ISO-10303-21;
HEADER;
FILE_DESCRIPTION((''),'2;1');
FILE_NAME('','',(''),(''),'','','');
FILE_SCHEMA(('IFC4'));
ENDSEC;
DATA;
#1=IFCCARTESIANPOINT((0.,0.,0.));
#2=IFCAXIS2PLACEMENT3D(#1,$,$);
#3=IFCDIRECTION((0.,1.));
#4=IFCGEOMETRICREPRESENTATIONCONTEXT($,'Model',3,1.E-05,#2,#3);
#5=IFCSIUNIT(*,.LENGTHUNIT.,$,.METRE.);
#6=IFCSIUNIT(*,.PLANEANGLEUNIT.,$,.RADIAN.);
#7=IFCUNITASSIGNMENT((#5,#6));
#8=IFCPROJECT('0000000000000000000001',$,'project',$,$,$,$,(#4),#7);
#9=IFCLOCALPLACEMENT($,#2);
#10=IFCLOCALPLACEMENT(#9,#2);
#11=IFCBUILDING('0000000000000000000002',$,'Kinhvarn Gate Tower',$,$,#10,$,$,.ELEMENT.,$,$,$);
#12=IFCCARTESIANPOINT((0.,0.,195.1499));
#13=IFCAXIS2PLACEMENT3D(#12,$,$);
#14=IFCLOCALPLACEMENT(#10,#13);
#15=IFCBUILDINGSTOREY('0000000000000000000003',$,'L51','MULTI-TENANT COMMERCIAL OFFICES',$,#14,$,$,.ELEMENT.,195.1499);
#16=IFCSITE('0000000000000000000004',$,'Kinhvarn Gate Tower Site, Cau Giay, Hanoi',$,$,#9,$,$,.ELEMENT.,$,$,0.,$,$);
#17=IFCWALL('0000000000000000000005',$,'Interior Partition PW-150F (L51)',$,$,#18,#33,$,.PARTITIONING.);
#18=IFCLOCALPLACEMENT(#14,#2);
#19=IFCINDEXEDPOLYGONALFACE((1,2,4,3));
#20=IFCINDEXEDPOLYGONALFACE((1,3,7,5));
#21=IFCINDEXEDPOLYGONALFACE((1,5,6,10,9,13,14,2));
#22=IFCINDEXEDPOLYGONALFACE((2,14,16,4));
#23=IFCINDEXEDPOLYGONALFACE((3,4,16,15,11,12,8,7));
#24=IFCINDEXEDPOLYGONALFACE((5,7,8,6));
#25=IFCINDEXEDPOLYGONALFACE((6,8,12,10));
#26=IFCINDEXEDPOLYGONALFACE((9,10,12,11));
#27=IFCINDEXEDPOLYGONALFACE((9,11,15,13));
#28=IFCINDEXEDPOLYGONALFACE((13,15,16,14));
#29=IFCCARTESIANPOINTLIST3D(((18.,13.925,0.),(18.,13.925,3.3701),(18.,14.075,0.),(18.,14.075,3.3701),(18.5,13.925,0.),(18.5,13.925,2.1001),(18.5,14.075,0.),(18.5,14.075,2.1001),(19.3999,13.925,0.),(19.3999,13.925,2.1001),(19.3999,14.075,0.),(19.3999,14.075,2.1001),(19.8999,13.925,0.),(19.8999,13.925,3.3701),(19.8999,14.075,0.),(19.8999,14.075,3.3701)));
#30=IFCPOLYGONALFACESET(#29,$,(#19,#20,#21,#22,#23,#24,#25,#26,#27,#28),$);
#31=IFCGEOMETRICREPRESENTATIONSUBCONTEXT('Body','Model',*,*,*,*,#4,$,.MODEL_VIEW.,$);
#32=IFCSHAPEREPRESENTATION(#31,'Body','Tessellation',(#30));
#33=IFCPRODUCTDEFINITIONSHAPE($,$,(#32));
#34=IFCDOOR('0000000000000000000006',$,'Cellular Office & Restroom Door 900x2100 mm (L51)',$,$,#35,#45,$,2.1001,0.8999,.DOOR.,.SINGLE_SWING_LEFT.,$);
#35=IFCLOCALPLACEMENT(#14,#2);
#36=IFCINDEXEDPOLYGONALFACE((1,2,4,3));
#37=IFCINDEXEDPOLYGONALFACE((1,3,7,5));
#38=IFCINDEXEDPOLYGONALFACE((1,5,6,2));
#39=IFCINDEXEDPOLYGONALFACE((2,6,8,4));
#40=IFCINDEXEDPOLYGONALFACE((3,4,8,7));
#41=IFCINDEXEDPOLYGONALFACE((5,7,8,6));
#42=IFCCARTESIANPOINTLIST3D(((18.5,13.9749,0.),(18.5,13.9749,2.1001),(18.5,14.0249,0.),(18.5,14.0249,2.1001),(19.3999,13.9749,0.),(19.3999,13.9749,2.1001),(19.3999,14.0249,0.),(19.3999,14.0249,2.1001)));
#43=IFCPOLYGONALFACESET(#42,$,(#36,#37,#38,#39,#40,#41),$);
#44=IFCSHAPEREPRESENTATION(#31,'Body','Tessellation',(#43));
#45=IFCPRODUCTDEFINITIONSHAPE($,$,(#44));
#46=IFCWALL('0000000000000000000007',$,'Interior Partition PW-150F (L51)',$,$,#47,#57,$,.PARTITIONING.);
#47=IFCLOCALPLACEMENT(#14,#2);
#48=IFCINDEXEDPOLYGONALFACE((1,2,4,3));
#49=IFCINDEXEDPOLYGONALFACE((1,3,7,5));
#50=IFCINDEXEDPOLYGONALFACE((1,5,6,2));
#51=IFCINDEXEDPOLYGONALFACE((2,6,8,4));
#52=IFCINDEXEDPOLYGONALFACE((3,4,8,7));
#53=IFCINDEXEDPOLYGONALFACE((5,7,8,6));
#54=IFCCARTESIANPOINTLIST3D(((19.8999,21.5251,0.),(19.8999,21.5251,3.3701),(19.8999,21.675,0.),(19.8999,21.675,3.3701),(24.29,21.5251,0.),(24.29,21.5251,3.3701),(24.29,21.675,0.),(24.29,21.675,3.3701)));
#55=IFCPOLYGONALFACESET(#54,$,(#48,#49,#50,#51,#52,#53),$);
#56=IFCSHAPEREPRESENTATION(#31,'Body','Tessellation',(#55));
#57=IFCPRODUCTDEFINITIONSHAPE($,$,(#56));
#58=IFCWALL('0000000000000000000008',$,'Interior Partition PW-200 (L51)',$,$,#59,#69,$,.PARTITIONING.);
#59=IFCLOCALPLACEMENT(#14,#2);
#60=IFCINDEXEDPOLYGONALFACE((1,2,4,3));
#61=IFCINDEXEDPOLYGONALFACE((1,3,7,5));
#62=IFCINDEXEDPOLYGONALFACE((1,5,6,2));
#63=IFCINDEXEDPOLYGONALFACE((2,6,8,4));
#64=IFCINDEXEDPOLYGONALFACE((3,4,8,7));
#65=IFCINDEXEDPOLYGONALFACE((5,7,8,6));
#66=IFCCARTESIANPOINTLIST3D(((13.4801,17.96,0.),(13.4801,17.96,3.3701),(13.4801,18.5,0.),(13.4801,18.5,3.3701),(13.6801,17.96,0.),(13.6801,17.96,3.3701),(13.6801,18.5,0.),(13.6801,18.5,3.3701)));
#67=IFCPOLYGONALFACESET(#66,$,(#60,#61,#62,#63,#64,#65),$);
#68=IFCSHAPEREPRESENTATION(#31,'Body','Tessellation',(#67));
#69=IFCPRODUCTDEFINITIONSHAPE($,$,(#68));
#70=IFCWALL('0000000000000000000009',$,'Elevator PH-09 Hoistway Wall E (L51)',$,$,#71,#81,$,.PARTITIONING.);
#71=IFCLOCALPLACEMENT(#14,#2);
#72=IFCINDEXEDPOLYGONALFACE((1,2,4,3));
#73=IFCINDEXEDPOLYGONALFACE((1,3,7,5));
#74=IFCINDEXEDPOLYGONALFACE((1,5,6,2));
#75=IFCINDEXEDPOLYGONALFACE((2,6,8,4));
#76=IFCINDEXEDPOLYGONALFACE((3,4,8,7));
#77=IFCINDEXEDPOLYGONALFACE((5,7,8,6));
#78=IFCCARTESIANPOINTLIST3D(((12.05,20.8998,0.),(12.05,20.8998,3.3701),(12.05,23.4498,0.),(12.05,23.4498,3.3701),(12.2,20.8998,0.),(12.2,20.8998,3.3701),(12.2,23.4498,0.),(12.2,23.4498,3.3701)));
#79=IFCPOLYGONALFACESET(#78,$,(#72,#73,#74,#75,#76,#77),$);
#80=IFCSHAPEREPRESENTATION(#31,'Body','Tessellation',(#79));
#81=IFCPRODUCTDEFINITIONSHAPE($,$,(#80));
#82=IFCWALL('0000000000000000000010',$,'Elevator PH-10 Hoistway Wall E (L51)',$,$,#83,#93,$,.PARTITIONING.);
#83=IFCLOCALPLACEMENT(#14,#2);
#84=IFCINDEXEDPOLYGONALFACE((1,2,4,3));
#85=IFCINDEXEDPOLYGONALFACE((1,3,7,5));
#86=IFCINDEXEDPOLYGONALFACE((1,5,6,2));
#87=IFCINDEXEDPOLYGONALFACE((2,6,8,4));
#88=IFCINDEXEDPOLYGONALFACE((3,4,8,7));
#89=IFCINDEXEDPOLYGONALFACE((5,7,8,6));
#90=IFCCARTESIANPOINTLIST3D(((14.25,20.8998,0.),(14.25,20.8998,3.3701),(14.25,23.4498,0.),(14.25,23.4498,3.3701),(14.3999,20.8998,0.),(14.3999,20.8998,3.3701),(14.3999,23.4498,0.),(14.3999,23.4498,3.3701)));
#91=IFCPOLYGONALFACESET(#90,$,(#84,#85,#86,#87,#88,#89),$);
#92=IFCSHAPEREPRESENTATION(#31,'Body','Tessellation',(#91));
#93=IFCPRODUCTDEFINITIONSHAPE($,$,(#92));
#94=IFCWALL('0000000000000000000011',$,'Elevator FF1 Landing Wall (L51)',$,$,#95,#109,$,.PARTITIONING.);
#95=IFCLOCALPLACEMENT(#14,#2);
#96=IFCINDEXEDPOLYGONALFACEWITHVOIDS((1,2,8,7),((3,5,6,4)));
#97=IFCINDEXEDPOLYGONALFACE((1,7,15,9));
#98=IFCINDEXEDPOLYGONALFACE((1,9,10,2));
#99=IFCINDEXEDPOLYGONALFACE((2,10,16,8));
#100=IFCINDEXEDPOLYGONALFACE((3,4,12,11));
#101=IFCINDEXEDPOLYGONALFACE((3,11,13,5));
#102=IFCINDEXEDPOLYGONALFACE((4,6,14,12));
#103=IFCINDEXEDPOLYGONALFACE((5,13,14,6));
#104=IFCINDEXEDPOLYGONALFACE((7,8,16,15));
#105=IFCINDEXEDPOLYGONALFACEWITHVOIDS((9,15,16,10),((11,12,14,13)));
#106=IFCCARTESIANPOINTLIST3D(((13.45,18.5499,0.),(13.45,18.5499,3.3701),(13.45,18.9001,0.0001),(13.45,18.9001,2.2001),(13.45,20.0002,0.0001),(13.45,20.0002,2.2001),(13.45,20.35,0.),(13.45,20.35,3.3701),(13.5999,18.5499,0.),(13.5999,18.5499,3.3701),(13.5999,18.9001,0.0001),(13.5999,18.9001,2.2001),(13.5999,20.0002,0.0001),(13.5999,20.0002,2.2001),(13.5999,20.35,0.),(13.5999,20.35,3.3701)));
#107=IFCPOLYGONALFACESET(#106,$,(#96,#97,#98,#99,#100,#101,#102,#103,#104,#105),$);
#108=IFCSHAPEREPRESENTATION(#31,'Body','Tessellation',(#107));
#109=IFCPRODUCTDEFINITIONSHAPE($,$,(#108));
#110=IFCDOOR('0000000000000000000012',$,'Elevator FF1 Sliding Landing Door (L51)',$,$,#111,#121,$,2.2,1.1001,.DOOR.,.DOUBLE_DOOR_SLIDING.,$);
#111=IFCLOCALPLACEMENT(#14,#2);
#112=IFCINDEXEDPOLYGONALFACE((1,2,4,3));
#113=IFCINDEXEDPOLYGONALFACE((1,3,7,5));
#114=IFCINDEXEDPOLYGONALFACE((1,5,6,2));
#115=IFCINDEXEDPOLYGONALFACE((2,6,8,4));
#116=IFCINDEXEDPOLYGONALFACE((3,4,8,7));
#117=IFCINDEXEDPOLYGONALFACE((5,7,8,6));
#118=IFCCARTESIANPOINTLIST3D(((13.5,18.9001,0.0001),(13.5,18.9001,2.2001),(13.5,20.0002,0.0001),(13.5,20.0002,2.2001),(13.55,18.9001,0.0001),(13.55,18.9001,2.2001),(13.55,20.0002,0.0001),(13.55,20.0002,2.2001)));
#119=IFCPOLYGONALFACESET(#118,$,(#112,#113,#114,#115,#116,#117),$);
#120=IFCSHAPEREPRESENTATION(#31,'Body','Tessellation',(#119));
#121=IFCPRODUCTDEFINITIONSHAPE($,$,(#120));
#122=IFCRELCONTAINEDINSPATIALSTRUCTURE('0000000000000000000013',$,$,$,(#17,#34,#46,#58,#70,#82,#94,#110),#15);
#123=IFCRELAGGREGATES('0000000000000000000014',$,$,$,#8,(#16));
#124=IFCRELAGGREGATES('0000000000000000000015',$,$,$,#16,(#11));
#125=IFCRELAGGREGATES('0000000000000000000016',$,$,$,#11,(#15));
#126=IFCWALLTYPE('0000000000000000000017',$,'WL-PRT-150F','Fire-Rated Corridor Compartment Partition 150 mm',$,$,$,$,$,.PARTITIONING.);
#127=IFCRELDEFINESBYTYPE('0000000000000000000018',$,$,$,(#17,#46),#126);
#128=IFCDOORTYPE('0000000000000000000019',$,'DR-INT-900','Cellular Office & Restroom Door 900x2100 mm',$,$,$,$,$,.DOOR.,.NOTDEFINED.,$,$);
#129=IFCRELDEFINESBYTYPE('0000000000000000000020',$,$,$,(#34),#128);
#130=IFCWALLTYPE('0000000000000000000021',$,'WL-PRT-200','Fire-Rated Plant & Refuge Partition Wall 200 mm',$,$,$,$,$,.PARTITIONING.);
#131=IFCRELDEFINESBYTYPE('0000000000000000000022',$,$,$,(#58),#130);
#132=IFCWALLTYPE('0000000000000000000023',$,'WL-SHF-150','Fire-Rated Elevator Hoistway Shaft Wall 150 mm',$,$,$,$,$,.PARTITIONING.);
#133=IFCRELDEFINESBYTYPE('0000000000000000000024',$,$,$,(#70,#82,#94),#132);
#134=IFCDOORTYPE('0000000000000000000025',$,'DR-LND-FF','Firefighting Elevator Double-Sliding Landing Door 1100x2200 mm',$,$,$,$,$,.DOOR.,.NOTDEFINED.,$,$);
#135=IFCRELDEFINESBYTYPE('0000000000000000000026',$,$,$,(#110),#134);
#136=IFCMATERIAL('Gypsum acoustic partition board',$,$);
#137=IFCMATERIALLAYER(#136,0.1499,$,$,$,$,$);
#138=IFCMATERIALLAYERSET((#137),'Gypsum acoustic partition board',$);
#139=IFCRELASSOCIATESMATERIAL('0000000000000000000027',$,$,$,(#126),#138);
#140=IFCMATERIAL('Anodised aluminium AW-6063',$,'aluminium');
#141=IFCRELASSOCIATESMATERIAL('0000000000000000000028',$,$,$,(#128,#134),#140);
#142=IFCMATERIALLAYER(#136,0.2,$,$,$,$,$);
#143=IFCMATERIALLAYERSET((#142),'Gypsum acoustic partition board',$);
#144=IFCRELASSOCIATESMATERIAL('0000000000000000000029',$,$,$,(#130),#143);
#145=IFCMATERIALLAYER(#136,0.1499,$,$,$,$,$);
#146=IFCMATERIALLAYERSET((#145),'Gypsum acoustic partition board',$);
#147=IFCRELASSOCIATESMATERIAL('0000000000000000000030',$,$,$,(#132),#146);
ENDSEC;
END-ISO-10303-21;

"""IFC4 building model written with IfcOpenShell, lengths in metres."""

from ifc_helpers import new_model, si_unit, direction, frame, frame_2d, origin, place, context, subcontext, project, spatial, rectangle, extrude, material, layer, layer_set, type_object, element, fill, save


model = new_model("IFC4")

# Units and contexts
model_context = context("Model", 3, precision=1e-05, world=origin(), true_north=direction((0.0, 1.0)))
body_context = subcontext(model_context, "Body", "Model", "MODEL_VIEW")
ifc_project = project(units=[si_unit("LENGTHUNIT", "METRE"), si_unit("PLANEANGLEUNIT", "RADIAN")], contexts=[model_context])

# Site, building, storey
site_placement = place(None, origin())
site = spatial("IfcSite", under=ifc_project, at=site_placement, Name="Kinhvarn Gate Tower Site, Cau Giay, Hanoi", CompositionType="ELEMENT", RefElevation=0.0)
building_placement = place(site_placement, origin())
building = spatial("IfcBuilding", under=site, at=building_placement, Name="Kinhvarn Gate Tower", CompositionType="ELEMENT")
storey_placement = place(building_placement, frame((0.0, 0.0, 195.1499)))
storey = spatial("IfcBuildingStorey", under=building, at=storey_placement, Name="L51", Description="MULTI-TENANT COMMERCIAL OFFICES", CompositionType="ELEMENT", Elevation=195.1499)

# Shared definitions
ifc_material_1 = material(Name="Anodised aluminium AW-6063", Category="aluminium")

# Shared definitions
ifc_material_2 = material(Name="Gypsum acoustic partition board")

# Wall, opening, door
ifc_layer_1 = layer(ifc_material_2, 0.1499)
ifc_layer_set_1 = layer_set([ifc_layer_1], Name="Gypsum acoustic partition board")
wall_type_1 = type_object("IfcWallType", Name="WL-PRT-150F", Description="Fire-Rated Corridor Compartment Partition 150 mm", PredefinedType="PARTITIONING", material=ifc_layer_set_1)
door_type_1 = type_object("IfcDoorType", Name="DR-INT-900", Description="Cellular Office & Restroom Door 900x2100 mm", OperationType="NOTDEFINED", PredefinedType="DOOR", material=ifc_material_1)
wall_1_placement = place(storey_placement, frame((18.0, 14.0, 0.0), z_axis=(0.0, 0.0, 1.0), x_axis=(1.0, 0.0, 0.0)))
wall_1 = element("IfcWall", 1, at=wall_1_placement, inside=storey, type_object=wall_type_1, Name="Interior Partition PW-150F (L51)", PredefinedType="PARTITIONING", context=body_context, shape_type="SweptSolid", body=[
    extrude(rectangle(XDim=1.8999, YDim=0.1499, at=frame_2d((0.95, 0.0))), origin(), (0.0, 0.0, 1.0), 3.3701),
])
opening_1_placement = place(wall_1_placement, frame((0.5, 0.0, 0.0)))
opening_1 = element("IfcOpeningElement", 2, at=opening_1_placement, cuts=wall_1, PredefinedType="OPENING", context=body_context, shape_type="SweptSolid", body=[
    extrude(rectangle(XDim=0.8999, YDim=2.1001, at=frame_2d((0.45, 1.05))), frame((0.0, 0.085, 0.0), z_axis=(0.0, -1.0, 0.0), x_axis=(1.0, 0.0, 0.0)), (0.0, 0.0, 1.0), 0.1699),
])
door_1_placement = place(opening_1_placement, origin())
door_1 = element("IfcDoor", 3, at=door_1_placement, inside=storey, type_object=door_type_1, Name="Cellular Office & Restroom Door 900x2100 mm (L51)", OperationType="SINGLE_SWING_LEFT", OverallHeight=2.1001, OverallWidth=0.8999, PredefinedType="DOOR", context=body_context, shape_type="SweptSolid", body=[
    extrude(rectangle(XDim=0.8999, YDim=2.1001, at=frame_2d((0.45, 1.05))), frame((0.0, 0.0249, 0.0), z_axis=(0.0, -1.0, 0.0), x_axis=(1.0, 0.0, 0.0)), (0.0, 0.0, 1.0), 0.05),
])
fill(opening_1, door_1)

# Walls
wall_2_placement = place(storey_placement, frame((19.8999, 21.6001, 0.0), z_axis=(0.0, 0.0, 1.0), x_axis=(1.0, 0.0, 0.0)))
element("IfcWall", 4, at=wall_2_placement, inside=storey, type_object=wall_type_1, Name="Interior Partition PW-150F (L51)", PredefinedType="PARTITIONING", context=body_context, shape_type="SweptSolid", body=[
    extrude(rectangle(XDim=4.3901, YDim=0.1499, at=frame_2d((2.1951, 0.0))), origin(), (0.0, 0.0, 1.0), 3.3701),
])
ifc_layer_2 = layer(ifc_material_2, 0.2)
ifc_layer_set_2 = layer_set([ifc_layer_2], Name="Gypsum acoustic partition board")
wall_type_2 = type_object("IfcWallType", Name="WL-PRT-200", Description="Fire-Rated Plant & Refuge Partition Wall 200 mm", PredefinedType="PARTITIONING", material=ifc_layer_set_2)
wall_3_placement = place(storey_placement, frame((13.5801, 17.96, 0.0), z_axis=(0.0, 0.0, 1.0), x_axis=(0.0, 1.0, 0.0)))
element("IfcWall", 5, at=wall_3_placement, inside=storey, type_object=wall_type_2, Name="Interior Partition PW-200 (L51)", PredefinedType="PARTITIONING", context=body_context, shape_type="SweptSolid", body=[
    extrude(rectangle(XDim=0.54, YDim=0.2, at=frame_2d((0.27, 0.0))), origin(), (0.0, 0.0, 1.0), 3.3701),
])
ifc_layer_3 = layer(ifc_material_2, 0.1499)
ifc_layer_set_3 = layer_set([ifc_layer_3], Name="Gypsum acoustic partition board")
wall_type_3 = type_object("IfcWallType", Name="WL-SHF-150", Description="Fire-Rated Elevator Hoistway Shaft Wall 150 mm", PredefinedType="PARTITIONING", material=ifc_layer_set_3)
for number, where, z_axis, x_axis, name in (
    (6, (12.125, 20.8999, 0.0), (0.0, 0.0, 1.0), (0.0, 1.0, 0.0), "Elevator PH-09 Hoistway Wall E (L51)"),
    (7, (14.325, 20.8999, 0.0), (0.0, 0.0, 1.0), (0.0, 1.0, 0.0), "Elevator PH-10 Hoistway Wall E (L51)"),
):
    element("IfcWall", number, at=place(storey_placement, frame(where, z_axis=z_axis, x_axis=x_axis)), inside=storey, type_object=wall_type_3, Name=name, PredefinedType="PARTITIONING", context=body_context, shape_type="SweptSolid", body=[
        extrude(rectangle(XDim=2.55, YDim=0.1499, at=frame_2d((1.2749, 0.0))), origin(), (0.0, 0.0, 1.0), 3.3701),
    ])

# Wall, opening, door
wall_4_placement = place(storey_placement, frame((13.5249, 18.55, 0.0), z_axis=(0.0, 0.0, 1.0), x_axis=(0.0, 1.0, 0.0)))
wall_4 = element("IfcWall", 8, at=wall_4_placement, inside=storey, type_object=wall_type_3, Name="Elevator FF1 Landing Wall (L51)", PredefinedType="PARTITIONING", context=body_context, shape_type="SweptSolid", body=[
    extrude(rectangle(XDim=1.8, YDim=0.1499, at=frame_2d((0.8999, 0.0))), origin(), (0.0, 0.0, 1.0), 3.3701),
])
opening_2_placement = place(wall_4_placement, frame((0.3501, 0.0, 0.0)))
opening_2 = element("IfcOpeningElement", 9, at=opening_2_placement, cuts=wall_4, PredefinedType="OPENING", context=body_context, shape_type="SweptSolid", body=[
    extrude(rectangle(XDim=1.1001, YDim=2.2, at=frame_2d((0.55, 1.1001))), frame((0.0, 0.085, 0.0), z_axis=(0.0, -1.0, 0.0), x_axis=(1.0, 0.0, 0.0)), (0.0, 0.0, 1.0), 0.1699),
])
door_type_2 = type_object("IfcDoorType", Name="DR-LND-FF", Description="Firefighting Elevator Double-Sliding Landing Door 1100x2200 mm", OperationType="NOTDEFINED", PredefinedType="DOOR", material=ifc_material_1)
door_2_placement = place(opening_2_placement, origin())
door_2 = element("IfcDoor", 10, at=door_2_placement, inside=storey, type_object=door_type_2, Name="Elevator FF1 Sliding Landing Door (L51)", OperationType="DOUBLE_DOOR_SLIDING", OverallHeight=2.2, OverallWidth=1.1001, PredefinedType="DOOR", context=body_context, shape_type="SweptSolid", body=[
    extrude(rectangle(XDim=1.1001, YDim=2.2, at=frame_2d((0.55, 1.1001))), frame((0.0, 0.0249, 0.0), z_axis=(0.0, -1.0, 0.0), x_axis=(1.0, 0.0, 0.0)), (0.0, 0.0, 1.0), 0.05),
])
fill(opening_2, door_2)

save(model, "model.ifc")
